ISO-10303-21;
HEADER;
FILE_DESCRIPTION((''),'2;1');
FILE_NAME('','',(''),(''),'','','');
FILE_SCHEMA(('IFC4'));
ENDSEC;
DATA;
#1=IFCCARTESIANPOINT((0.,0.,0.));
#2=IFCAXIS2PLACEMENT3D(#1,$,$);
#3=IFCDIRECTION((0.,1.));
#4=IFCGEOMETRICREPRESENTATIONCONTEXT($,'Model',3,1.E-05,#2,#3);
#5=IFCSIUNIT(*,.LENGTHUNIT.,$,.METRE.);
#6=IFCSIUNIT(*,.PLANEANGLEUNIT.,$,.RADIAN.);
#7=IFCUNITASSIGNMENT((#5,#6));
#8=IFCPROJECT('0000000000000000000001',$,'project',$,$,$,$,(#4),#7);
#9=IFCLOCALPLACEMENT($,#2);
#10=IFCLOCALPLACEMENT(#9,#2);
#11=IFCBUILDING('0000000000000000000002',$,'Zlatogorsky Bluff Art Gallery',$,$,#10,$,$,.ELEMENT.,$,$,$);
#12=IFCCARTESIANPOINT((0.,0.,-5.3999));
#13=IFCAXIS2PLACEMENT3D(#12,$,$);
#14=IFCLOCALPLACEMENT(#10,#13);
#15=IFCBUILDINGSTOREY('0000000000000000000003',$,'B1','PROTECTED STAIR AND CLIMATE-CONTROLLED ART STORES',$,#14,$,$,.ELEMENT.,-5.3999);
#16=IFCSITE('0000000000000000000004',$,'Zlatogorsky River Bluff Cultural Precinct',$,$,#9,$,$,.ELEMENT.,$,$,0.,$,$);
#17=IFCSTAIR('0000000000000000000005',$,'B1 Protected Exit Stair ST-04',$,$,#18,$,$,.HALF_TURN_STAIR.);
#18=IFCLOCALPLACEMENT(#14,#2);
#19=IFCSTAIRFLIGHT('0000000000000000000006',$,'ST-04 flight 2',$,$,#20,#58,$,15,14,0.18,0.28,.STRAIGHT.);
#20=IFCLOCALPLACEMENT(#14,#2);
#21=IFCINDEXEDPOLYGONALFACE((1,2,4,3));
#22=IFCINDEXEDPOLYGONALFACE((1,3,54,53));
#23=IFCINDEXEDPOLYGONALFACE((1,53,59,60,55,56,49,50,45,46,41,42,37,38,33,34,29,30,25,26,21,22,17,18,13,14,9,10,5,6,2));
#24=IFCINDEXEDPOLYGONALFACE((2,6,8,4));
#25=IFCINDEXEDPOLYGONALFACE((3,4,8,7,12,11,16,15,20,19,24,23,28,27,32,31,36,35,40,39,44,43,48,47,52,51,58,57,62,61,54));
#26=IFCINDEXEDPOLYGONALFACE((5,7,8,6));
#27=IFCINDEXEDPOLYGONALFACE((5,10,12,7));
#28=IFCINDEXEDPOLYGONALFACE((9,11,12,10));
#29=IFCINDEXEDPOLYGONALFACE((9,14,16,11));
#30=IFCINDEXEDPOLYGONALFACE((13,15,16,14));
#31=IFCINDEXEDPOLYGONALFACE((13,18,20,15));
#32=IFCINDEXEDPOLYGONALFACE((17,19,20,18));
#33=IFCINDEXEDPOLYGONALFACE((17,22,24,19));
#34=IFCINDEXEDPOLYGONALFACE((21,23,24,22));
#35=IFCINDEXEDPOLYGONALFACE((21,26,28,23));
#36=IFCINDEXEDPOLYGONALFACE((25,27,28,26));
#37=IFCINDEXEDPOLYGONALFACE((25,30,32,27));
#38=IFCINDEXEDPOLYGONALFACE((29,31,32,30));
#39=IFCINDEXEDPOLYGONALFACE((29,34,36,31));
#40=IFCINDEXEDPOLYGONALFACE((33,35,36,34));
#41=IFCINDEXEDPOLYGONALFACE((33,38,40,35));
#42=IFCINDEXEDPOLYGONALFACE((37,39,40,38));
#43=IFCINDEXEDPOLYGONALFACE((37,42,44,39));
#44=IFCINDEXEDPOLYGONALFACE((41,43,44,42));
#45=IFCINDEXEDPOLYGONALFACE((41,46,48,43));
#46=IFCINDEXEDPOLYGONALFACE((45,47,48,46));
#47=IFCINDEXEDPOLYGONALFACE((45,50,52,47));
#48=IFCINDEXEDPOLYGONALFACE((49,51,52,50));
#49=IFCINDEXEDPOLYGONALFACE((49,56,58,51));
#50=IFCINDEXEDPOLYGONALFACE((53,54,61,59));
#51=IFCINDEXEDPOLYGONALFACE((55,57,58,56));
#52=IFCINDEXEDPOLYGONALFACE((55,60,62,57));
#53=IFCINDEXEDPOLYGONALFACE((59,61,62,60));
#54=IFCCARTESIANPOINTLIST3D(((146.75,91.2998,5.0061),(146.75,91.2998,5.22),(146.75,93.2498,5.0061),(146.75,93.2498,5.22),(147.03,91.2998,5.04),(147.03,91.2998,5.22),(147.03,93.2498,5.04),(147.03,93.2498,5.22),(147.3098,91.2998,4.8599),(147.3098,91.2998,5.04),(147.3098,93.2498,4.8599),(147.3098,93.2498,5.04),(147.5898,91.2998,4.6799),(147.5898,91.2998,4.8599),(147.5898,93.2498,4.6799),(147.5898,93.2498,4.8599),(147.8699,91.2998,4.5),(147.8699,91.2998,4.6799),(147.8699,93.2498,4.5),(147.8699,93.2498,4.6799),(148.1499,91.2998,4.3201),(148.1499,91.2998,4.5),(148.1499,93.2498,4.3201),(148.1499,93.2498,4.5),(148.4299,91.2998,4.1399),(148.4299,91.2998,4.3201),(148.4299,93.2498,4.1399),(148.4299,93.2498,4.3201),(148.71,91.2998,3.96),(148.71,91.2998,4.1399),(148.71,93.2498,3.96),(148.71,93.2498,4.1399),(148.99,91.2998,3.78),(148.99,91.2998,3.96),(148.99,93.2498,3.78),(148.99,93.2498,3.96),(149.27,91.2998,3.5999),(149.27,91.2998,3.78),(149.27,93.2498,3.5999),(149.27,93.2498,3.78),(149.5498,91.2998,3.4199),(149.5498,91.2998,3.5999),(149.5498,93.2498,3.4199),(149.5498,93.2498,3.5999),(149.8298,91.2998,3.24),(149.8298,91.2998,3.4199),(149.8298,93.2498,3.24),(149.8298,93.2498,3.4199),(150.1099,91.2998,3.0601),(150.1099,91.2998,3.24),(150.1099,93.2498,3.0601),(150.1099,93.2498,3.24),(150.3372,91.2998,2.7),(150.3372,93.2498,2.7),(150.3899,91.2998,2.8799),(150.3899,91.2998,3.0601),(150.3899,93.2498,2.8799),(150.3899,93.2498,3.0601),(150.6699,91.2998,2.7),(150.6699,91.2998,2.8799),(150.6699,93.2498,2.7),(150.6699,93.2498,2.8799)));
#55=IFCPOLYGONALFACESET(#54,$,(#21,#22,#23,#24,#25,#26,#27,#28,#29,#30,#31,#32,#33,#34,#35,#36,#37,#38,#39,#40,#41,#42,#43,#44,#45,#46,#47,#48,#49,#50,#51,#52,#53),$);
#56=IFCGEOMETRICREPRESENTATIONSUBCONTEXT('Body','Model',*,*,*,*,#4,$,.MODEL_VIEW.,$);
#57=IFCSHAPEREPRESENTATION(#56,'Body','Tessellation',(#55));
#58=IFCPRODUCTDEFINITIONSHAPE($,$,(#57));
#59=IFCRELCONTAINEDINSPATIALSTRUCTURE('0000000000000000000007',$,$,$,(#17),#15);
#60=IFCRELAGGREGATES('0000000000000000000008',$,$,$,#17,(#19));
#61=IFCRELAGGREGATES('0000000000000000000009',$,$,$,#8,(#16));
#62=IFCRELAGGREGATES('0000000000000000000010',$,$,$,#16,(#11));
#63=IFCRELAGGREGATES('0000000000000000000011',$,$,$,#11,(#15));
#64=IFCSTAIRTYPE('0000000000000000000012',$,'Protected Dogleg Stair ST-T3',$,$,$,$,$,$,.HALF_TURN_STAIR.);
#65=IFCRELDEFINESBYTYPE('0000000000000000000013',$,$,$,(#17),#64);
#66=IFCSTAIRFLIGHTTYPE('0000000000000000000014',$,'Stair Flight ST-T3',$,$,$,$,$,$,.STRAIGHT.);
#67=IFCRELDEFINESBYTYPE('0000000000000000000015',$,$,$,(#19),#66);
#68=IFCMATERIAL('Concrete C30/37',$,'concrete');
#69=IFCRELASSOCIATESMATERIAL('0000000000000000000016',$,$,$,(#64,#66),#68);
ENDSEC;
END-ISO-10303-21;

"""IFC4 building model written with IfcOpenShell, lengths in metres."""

from ifc_helpers import new_model, si_unit, direction, frame, origin, place, context, subcontext, project, spatial, polyline, outline, extrude, material, type_object, element, aggregate, save


model = new_model("IFC4")

# Units and contexts
model_context = context("Model", 3, precision=1e-05, world=origin(), true_north=direction((0.0, 1.0)))
body_context = subcontext(model_context, "Body", "Model", "MODEL_VIEW")
ifc_project = project(units=[si_unit("LENGTHUNIT", "METRE"), si_unit("PLANEANGLEUNIT", "RADIAN")], contexts=[model_context])

# Site, building, storey
site_placement = place(None, origin())
site = spatial("IfcSite", under=ifc_project, at=site_placement, Name="Zlatogorsky River Bluff Cultural Precinct", CompositionType="ELEMENT", RefElevation=0.0)
building_placement = place(site_placement, origin())
building = spatial("IfcBuilding", under=site, at=building_placement, Name="Zlatogorsky Bluff Art Gallery", CompositionType="ELEMENT")
storey_placement = place(building_placement, frame((0.0, 0.0, -5.3999)))
storey = spatial("IfcBuildingStorey", under=building, at=storey_placement, Name="B1", Description="PROTECTED STAIR AND CLIMATE-CONTROLLED ART STORES", CompositionType="ELEMENT", Elevation=-5.3999)

# Stair, stair flight
ifc_material_1 = material(Name="Concrete C30/37", Category="concrete")
stair_type = type_object("IfcStairType", Name="Protected Dogleg Stair ST-T3", PredefinedType="HALF_TURN_STAIR", material=ifc_material_1)
stair_placement = place(storey_placement, origin())
stair = element("IfcStair", 1, at=stair_placement, inside=storey, type_object=stair_type, Name="B1 Protected Exit Stair ST-04", PredefinedType="HALF_TURN_STAIR")
stair_flight_type = type_object("IfcStairFlightType", Name="Stair Flight ST-T3", PredefinedType="STRAIGHT", material=ifc_material_1)
stair_flight_placement = place(storey_placement, frame((150.6699, 92.2749, 2.7), z_axis=(0.0, 0.0, 1.0), x_axis=(-1.0, 0.0, 0.0)))
stair_flight = element("IfcStairFlight", 2, at=stair_flight_placement, type_object=stair_flight_type, Name="ST-04 flight 2", NumberOfRisers=15, NumberOfTreads=14, PredefinedType="STRAIGHT", RiserHeight=0.18, TreadLength=0.28, context=body_context, shape_type="SweptSolid", body=[
    extrude(outline(polyline([(0.0, 0.0), (0.0, 0.1799), (0.28, 0.1799), (0.28, 0.3601), (0.5601, 0.3601), (0.5601, 0.54), (0.8401, 0.54), (0.8401, 0.72), (1.1201, 0.72), (1.1201, 0.8999), (1.3999, 0.8999), (1.3999, 1.0801), (1.6799, 1.0801), (1.6799, 1.26), (1.96, 1.26), (1.96, 1.4399), (2.24, 1.4399), (2.24, 1.6201), (2.52, 1.6201), (2.52, 1.8), (2.8, 1.8), (2.8, 1.98), (3.0801, 1.98), (3.0801, 2.1599), (3.3601, 2.1599), (3.3601, 2.3401), (3.6399, 2.3401), (3.6399, 2.52), (3.9199, 2.52), (3.9199, 2.7), (3.9199, 2.3062), (0.3328, 0.0), (0.0, 0.0)])), frame((0.0, 0.9751, 0.0), z_axis=(0.0, -1.0, 0.0), x_axis=(1.0, 0.0, 0.0)), (0.0, 0.0, 1.0), 1.95),
])
aggregate(stair, [stair_flight])

save(model, "model.ifc")
